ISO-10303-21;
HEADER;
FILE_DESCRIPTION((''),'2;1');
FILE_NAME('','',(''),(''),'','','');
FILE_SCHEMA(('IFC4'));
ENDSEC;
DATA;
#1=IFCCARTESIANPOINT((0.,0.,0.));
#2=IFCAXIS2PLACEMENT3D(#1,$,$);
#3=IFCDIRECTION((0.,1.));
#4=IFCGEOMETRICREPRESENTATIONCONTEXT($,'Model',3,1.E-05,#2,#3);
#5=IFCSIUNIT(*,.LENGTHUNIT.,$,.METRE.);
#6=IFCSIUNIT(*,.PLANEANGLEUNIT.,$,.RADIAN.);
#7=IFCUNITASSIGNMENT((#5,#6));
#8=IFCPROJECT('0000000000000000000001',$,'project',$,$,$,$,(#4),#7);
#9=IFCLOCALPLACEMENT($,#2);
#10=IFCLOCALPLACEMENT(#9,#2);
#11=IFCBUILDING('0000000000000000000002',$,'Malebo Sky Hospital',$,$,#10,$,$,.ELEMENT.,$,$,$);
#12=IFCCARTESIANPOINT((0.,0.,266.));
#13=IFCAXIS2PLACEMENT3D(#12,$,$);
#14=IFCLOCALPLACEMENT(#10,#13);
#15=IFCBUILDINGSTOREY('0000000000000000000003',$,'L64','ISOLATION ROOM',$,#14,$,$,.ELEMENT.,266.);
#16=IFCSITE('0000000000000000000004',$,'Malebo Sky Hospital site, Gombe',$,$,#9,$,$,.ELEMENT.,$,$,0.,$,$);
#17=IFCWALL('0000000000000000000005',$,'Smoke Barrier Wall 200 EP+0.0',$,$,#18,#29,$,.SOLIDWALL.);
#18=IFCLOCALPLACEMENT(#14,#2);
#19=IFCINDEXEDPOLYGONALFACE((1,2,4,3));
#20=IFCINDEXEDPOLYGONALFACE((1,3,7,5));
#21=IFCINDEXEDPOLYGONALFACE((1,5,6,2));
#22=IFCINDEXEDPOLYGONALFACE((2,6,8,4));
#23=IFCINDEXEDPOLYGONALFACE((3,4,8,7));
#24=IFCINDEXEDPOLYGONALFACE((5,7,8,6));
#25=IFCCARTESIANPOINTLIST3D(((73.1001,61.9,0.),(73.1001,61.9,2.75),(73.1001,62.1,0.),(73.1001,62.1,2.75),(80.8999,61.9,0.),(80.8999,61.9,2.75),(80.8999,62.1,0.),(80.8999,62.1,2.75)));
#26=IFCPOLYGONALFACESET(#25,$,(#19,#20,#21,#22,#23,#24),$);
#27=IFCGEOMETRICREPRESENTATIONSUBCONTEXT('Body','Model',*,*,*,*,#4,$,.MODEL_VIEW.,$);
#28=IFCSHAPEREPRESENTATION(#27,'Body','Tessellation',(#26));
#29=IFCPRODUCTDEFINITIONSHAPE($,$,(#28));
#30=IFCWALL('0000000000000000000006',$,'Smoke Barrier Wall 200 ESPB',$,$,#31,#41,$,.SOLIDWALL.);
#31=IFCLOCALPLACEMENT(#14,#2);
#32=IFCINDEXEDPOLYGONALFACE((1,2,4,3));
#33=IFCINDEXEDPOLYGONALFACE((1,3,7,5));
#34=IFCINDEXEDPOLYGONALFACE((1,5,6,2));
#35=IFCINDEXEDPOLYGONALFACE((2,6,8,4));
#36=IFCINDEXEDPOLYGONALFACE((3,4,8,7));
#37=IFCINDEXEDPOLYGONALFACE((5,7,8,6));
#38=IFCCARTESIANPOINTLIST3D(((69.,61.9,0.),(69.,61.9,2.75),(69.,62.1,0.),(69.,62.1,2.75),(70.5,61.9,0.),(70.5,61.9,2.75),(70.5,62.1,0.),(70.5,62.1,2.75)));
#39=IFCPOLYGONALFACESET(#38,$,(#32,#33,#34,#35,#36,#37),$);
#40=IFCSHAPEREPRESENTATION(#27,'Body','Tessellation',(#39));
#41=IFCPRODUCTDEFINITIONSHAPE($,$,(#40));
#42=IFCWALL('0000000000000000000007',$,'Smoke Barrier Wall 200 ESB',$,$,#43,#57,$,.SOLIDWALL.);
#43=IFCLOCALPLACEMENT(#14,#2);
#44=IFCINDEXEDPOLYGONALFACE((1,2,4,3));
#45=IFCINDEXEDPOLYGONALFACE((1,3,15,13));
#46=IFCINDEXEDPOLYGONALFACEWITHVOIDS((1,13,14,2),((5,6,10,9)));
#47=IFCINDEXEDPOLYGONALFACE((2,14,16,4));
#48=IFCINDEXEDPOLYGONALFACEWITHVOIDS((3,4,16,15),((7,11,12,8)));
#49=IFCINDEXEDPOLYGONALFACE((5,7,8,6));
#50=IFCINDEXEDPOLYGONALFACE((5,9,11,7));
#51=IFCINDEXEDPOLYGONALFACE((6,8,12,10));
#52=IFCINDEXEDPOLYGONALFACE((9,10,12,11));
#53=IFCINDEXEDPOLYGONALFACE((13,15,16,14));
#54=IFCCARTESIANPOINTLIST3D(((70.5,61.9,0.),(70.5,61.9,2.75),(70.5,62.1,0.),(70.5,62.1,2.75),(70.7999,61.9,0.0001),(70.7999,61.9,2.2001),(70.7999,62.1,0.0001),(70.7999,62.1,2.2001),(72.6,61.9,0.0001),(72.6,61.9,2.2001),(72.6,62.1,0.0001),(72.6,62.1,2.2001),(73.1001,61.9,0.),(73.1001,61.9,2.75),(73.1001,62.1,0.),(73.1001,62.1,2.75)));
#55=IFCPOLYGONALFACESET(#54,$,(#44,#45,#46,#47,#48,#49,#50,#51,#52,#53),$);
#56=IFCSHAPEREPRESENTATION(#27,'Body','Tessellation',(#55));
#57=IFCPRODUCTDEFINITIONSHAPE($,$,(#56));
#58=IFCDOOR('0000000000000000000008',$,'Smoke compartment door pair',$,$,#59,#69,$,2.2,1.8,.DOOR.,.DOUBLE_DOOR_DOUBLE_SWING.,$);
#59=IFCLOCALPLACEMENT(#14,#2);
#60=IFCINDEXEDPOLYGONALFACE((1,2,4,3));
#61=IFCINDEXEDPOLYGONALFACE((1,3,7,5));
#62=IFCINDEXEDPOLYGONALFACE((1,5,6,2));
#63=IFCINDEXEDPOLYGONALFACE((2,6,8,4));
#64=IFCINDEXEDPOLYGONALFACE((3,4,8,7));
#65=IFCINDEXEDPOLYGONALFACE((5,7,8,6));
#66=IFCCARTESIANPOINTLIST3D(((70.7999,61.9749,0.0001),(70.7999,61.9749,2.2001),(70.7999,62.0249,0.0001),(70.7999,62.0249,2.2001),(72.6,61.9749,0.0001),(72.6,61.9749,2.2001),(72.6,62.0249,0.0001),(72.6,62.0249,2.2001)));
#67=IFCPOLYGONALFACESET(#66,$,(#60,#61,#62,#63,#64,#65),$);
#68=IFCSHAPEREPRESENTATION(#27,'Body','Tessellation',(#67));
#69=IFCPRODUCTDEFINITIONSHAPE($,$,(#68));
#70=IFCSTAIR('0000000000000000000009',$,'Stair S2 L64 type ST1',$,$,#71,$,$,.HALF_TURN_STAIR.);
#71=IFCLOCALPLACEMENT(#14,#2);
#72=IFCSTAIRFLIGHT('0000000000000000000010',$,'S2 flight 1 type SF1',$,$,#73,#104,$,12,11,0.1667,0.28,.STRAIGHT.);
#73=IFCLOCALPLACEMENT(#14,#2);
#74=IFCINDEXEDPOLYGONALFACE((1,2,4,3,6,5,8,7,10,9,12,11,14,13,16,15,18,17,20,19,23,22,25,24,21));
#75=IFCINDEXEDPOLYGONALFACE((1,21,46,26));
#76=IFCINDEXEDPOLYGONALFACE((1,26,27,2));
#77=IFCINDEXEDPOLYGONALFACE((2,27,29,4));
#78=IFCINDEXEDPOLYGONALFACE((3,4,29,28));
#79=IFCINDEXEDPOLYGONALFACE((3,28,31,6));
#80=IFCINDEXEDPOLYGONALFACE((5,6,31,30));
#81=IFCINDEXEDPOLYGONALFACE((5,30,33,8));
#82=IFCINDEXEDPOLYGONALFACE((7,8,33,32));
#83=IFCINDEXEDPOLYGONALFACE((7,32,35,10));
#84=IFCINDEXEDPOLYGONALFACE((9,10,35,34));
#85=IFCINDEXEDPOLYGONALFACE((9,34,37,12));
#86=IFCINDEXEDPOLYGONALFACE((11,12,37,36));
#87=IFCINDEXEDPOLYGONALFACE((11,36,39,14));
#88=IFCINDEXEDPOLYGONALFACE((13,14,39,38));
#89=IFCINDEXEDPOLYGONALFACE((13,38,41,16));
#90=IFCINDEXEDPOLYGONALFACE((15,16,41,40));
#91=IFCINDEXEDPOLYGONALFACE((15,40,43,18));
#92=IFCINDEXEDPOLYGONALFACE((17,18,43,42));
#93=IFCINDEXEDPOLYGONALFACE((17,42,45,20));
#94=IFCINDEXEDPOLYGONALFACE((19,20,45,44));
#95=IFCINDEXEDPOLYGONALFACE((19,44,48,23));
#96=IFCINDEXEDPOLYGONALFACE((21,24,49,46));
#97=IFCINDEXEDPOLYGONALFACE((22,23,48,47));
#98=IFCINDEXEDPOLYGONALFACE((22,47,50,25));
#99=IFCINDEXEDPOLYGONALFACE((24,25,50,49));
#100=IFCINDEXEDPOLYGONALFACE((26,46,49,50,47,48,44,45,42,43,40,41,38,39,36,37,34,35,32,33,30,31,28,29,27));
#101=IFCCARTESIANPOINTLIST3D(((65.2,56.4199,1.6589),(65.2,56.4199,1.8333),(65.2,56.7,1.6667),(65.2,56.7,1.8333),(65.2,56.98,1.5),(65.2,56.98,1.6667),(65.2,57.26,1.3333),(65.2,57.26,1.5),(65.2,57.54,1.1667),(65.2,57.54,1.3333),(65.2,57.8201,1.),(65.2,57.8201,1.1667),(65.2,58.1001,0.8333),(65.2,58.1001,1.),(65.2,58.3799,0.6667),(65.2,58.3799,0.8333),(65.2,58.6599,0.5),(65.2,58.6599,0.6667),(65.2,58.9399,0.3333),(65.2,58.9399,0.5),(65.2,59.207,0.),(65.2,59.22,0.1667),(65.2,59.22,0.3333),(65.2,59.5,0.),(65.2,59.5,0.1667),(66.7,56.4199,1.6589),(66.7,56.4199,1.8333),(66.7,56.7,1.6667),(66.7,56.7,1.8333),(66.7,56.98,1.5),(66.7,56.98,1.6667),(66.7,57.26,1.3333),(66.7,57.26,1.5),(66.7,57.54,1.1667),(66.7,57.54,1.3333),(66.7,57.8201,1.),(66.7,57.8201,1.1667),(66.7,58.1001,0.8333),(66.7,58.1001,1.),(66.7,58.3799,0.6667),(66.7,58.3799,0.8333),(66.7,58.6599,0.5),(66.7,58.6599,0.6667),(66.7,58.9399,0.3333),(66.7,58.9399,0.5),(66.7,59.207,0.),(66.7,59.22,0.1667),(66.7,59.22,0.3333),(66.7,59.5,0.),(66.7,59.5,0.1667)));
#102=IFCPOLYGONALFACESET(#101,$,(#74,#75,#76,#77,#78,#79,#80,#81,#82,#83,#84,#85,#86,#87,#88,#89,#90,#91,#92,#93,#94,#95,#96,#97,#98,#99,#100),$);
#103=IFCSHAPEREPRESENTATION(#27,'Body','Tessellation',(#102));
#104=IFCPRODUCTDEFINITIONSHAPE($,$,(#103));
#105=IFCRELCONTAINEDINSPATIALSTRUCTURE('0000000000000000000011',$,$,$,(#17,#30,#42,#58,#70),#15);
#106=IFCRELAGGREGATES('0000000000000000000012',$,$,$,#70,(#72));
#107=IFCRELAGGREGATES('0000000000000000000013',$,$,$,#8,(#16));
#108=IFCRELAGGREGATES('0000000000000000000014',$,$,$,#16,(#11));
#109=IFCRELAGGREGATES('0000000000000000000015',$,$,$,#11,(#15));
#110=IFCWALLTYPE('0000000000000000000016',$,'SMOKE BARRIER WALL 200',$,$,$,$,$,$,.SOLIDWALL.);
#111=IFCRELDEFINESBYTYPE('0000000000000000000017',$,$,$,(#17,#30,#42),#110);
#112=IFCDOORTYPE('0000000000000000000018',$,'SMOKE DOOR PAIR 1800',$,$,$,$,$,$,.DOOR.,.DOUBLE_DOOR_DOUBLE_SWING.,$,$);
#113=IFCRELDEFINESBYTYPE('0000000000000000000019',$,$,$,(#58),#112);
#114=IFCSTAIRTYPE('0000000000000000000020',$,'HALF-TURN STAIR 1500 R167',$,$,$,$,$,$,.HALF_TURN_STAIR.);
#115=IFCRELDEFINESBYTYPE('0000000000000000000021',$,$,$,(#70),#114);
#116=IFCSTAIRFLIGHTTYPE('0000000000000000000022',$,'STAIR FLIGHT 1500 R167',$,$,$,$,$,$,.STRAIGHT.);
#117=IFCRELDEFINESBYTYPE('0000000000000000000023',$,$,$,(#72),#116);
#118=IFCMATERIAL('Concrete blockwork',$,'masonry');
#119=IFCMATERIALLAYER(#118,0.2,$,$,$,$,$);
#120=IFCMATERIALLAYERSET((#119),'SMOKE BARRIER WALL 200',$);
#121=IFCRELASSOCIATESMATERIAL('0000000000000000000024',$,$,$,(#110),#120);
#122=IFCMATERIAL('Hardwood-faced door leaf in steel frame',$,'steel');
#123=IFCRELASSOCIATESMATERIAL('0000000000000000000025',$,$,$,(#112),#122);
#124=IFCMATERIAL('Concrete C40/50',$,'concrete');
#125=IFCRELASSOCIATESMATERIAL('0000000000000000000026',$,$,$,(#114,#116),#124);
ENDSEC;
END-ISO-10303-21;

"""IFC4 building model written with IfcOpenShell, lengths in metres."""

from ifc_helpers import new_model, si_unit, direction, frame, frame_2d, origin, place, context, subcontext, project, spatial, polyline, rectangle, outline, extrude, material, layer, layer_set, type_object, element, fill, aggregate, save


model = new_model("IFC4")

# Units and contexts
model_context = context("Model", 3, precision=1e-05, world=origin(), true_north=direction((0.0, 1.0)))
body_context = subcontext(model_context, "Body", "Model", "MODEL_VIEW")
ifc_project = project(units=[si_unit("LENGTHUNIT", "METRE"), si_unit("PLANEANGLEUNIT", "RADIAN")], contexts=[model_context])

# Site, building, storey
site_placement = place(None, origin())
site = spatial("IfcSite", under=ifc_project, at=site_placement, Name="Malebo Sky Hospital site, Gombe", CompositionType="ELEMENT", RefElevation=0.0)
building_placement = place(site_placement, origin())
building = spatial("IfcBuilding", under=site, at=building_placement, Name="Malebo Sky Hospital", CompositionType="ELEMENT")
storey_placement = place(building_placement, frame((0.0, 0.0, 266.0)))
storey = spatial("IfcBuildingStorey", under=building, at=storey_placement, Name="L64", Description="ISOLATION ROOM", CompositionType="ELEMENT", Elevation=266.0)

# Shared definitions
ifc_material_1 = material(Name="Hardwood-faced door leaf in steel frame", Category="steel")

# Walls
ifc_material_2 = material(Name="Concrete blockwork", Category="masonry")
ifc_layer_1 = layer(ifc_material_2, 0.2)
ifc_layer_set_1 = layer_set([ifc_layer_1], Name="SMOKE BARRIER WALL 200")
wall_type_1 = type_object("IfcWallType", Name="SMOKE BARRIER WALL 200", PredefinedType="SOLIDWALL", material=ifc_layer_set_1)
wall_1_placement = place(storey_placement, frame((73.1001, 62.0, 0.0), z_axis=(0.0, 0.0, 1.0), x_axis=(1.0, 0.0, 0.0)))
element("IfcWall", 1, at=wall_1_placement, inside=storey, type_object=wall_type_1, Name="Smoke Barrier Wall 200 EP+0.0", PredefinedType="SOLIDWALL", context=body_context, shape_type="SweptSolid", body=[
    extrude(rectangle(XDim=7.7998, YDim=0.2, at=frame_2d((3.8999, 0.0))), origin(), (0.0, 0.0, 1.0), 2.75),
])
wall_2_placement = place(storey_placement, frame((69.0, 62.0, 0.0), z_axis=(0.0, 0.0, 1.0), x_axis=(1.0, 0.0, 0.0)))
element("IfcWall", 2, at=wall_2_placement, inside=storey, type_object=wall_type_1, Name="Smoke Barrier Wall 200 ESPB", PredefinedType="SOLIDWALL", context=body_context, shape_type="SweptSolid", body=[
    extrude(rectangle(XDim=1.5, YDim=0.2, at=frame_2d((0.75, 0.0))), origin(), (0.0, 0.0, 1.0), 2.75),
])

# Wall, opening, door
wall_3_placement = place(storey_placement, frame((70.5, 62.0, 0.0), z_axis=(0.0, 0.0, 1.0), x_axis=(1.0, 0.0, 0.0)))
wall_3 = element("IfcWall", 3, at=wall_3_placement, inside=storey, type_object=wall_type_1, Name="Smoke Barrier Wall 200 ESB", PredefinedType="SOLIDWALL", context=body_context, shape_type="SweptSolid", body=[
    extrude(rectangle(XDim=2.6001, YDim=0.2, at=frame_2d((1.3, 0.0))), origin(), (0.0, 0.0, 1.0), 2.75),
])
opening_1_placement = place(wall_3_placement, frame((0.3, 0.0, 0.0)))
opening_1 = element("IfcOpeningElement", 4, at=opening_1_placement, cuts=wall_3, PredefinedType="OPENING", context=body_context, shape_type="SweptSolid", body=[
    extrude(rectangle(XDim=1.8, YDim=2.2, at=frame_2d((0.8999, 1.1001))), frame((0.0, 0.1099, 0.0), z_axis=(0.0, -1.0, 0.0), x_axis=(1.0, 0.0, 0.0)), (0.0, 0.0, 1.0), 0.22),
])
door_type_1 = type_object("IfcDoorType", Name="SMOKE DOOR PAIR 1800", OperationType="DOUBLE_DOOR_DOUBLE_SWING", PredefinedType="DOOR", material=ifc_material_1)
door_1_placement = place(opening_1_placement, origin())
door_1 = element("IfcDoor", 5, at=door_1_placement, inside=storey, type_object=door_type_1, Name="Smoke compartment door pair", OperationType="DOUBLE_DOOR_DOUBLE_SWING", OverallHeight=2.2, OverallWidth=1.8, PredefinedType="DOOR", context=body_context, shape_type="SweptSolid", body=[
    extrude(rectangle(XDim=1.8, YDim=2.2, at=frame_2d((0.8999, 1.1001))), frame((0.0, 0.0249, 0.0), z_axis=(0.0, -1.0, 0.0), x_axis=(1.0, 0.0, 0.0)), (0.0, 0.0, 1.0), 0.05),
])
fill(opening_1, door_1)

# Stair, stair flight
ifc_material_3 = material(Name="Concrete C40/50", Category="concrete")
stair_type = type_object("IfcStairType", Name="HALF-TURN STAIR 1500 R167", PredefinedType="HALF_TURN_STAIR", material=ifc_material_3)
stair_placement = place(storey_placement, origin())
stair = element("IfcStair", 6, at=stair_placement, inside=storey, type_object=stair_type, Name="Stair S2 L64 type ST1", PredefinedType="HALF_TURN_STAIR")
stair_flight_type = type_object("IfcStairFlightType", Name="STAIR FLIGHT 1500 R167", PredefinedType="STRAIGHT", material=ifc_material_3)
stair_flight_placement = place(storey_placement, frame((65.95, 59.5, 0.0), z_axis=(0.0, 0.0, 1.0), x_axis=(0.0, -1.0, 0.0)))
stair_flight = element("IfcStairFlight", 7, at=stair_flight_placement, type_object=stair_flight_type, Name="S2 flight 1 type SF1", NumberOfRisers=12, NumberOfTreads=11, PredefinedType="STRAIGHT", RiserHeight=0.1667, TreadLength=0.28, context=body_context, shape_type="SweptSolid", body=[
    extrude(outline(polyline([(0.0, 0.0), (0.0, 0.1667), (0.28, 0.1667), (0.28, 0.3333), (0.5601, 0.3333), (0.5601, 0.5), (0.8401, 0.5), (0.8401, 0.6667), (1.1201, 0.6667), (1.1201, 0.8333), (1.3999, 0.8333), (1.3999, 1.0), (1.6799, 1.0), (1.6799, 1.1667), (1.96, 1.1667), (1.96, 1.3333), (2.24, 1.3333), (2.24, 1.5), (2.52, 1.5), (2.52, 1.6667), (2.8, 1.6667), (2.8, 1.8333), (3.0801, 1.8333), (3.0801, 2.0), (3.0801, 1.6589), (0.293, 0.0), (0.0, 0.0)])), frame((0.0, 0.75, 0.0), z_axis=(0.0, -1.0, 0.0), x_axis=(1.0, 0.0, 0.0)), (0.0, 0.0, 1.0), 1.5),
])
aggregate(stair, [stair_flight])

save(model, "model.ifc")
